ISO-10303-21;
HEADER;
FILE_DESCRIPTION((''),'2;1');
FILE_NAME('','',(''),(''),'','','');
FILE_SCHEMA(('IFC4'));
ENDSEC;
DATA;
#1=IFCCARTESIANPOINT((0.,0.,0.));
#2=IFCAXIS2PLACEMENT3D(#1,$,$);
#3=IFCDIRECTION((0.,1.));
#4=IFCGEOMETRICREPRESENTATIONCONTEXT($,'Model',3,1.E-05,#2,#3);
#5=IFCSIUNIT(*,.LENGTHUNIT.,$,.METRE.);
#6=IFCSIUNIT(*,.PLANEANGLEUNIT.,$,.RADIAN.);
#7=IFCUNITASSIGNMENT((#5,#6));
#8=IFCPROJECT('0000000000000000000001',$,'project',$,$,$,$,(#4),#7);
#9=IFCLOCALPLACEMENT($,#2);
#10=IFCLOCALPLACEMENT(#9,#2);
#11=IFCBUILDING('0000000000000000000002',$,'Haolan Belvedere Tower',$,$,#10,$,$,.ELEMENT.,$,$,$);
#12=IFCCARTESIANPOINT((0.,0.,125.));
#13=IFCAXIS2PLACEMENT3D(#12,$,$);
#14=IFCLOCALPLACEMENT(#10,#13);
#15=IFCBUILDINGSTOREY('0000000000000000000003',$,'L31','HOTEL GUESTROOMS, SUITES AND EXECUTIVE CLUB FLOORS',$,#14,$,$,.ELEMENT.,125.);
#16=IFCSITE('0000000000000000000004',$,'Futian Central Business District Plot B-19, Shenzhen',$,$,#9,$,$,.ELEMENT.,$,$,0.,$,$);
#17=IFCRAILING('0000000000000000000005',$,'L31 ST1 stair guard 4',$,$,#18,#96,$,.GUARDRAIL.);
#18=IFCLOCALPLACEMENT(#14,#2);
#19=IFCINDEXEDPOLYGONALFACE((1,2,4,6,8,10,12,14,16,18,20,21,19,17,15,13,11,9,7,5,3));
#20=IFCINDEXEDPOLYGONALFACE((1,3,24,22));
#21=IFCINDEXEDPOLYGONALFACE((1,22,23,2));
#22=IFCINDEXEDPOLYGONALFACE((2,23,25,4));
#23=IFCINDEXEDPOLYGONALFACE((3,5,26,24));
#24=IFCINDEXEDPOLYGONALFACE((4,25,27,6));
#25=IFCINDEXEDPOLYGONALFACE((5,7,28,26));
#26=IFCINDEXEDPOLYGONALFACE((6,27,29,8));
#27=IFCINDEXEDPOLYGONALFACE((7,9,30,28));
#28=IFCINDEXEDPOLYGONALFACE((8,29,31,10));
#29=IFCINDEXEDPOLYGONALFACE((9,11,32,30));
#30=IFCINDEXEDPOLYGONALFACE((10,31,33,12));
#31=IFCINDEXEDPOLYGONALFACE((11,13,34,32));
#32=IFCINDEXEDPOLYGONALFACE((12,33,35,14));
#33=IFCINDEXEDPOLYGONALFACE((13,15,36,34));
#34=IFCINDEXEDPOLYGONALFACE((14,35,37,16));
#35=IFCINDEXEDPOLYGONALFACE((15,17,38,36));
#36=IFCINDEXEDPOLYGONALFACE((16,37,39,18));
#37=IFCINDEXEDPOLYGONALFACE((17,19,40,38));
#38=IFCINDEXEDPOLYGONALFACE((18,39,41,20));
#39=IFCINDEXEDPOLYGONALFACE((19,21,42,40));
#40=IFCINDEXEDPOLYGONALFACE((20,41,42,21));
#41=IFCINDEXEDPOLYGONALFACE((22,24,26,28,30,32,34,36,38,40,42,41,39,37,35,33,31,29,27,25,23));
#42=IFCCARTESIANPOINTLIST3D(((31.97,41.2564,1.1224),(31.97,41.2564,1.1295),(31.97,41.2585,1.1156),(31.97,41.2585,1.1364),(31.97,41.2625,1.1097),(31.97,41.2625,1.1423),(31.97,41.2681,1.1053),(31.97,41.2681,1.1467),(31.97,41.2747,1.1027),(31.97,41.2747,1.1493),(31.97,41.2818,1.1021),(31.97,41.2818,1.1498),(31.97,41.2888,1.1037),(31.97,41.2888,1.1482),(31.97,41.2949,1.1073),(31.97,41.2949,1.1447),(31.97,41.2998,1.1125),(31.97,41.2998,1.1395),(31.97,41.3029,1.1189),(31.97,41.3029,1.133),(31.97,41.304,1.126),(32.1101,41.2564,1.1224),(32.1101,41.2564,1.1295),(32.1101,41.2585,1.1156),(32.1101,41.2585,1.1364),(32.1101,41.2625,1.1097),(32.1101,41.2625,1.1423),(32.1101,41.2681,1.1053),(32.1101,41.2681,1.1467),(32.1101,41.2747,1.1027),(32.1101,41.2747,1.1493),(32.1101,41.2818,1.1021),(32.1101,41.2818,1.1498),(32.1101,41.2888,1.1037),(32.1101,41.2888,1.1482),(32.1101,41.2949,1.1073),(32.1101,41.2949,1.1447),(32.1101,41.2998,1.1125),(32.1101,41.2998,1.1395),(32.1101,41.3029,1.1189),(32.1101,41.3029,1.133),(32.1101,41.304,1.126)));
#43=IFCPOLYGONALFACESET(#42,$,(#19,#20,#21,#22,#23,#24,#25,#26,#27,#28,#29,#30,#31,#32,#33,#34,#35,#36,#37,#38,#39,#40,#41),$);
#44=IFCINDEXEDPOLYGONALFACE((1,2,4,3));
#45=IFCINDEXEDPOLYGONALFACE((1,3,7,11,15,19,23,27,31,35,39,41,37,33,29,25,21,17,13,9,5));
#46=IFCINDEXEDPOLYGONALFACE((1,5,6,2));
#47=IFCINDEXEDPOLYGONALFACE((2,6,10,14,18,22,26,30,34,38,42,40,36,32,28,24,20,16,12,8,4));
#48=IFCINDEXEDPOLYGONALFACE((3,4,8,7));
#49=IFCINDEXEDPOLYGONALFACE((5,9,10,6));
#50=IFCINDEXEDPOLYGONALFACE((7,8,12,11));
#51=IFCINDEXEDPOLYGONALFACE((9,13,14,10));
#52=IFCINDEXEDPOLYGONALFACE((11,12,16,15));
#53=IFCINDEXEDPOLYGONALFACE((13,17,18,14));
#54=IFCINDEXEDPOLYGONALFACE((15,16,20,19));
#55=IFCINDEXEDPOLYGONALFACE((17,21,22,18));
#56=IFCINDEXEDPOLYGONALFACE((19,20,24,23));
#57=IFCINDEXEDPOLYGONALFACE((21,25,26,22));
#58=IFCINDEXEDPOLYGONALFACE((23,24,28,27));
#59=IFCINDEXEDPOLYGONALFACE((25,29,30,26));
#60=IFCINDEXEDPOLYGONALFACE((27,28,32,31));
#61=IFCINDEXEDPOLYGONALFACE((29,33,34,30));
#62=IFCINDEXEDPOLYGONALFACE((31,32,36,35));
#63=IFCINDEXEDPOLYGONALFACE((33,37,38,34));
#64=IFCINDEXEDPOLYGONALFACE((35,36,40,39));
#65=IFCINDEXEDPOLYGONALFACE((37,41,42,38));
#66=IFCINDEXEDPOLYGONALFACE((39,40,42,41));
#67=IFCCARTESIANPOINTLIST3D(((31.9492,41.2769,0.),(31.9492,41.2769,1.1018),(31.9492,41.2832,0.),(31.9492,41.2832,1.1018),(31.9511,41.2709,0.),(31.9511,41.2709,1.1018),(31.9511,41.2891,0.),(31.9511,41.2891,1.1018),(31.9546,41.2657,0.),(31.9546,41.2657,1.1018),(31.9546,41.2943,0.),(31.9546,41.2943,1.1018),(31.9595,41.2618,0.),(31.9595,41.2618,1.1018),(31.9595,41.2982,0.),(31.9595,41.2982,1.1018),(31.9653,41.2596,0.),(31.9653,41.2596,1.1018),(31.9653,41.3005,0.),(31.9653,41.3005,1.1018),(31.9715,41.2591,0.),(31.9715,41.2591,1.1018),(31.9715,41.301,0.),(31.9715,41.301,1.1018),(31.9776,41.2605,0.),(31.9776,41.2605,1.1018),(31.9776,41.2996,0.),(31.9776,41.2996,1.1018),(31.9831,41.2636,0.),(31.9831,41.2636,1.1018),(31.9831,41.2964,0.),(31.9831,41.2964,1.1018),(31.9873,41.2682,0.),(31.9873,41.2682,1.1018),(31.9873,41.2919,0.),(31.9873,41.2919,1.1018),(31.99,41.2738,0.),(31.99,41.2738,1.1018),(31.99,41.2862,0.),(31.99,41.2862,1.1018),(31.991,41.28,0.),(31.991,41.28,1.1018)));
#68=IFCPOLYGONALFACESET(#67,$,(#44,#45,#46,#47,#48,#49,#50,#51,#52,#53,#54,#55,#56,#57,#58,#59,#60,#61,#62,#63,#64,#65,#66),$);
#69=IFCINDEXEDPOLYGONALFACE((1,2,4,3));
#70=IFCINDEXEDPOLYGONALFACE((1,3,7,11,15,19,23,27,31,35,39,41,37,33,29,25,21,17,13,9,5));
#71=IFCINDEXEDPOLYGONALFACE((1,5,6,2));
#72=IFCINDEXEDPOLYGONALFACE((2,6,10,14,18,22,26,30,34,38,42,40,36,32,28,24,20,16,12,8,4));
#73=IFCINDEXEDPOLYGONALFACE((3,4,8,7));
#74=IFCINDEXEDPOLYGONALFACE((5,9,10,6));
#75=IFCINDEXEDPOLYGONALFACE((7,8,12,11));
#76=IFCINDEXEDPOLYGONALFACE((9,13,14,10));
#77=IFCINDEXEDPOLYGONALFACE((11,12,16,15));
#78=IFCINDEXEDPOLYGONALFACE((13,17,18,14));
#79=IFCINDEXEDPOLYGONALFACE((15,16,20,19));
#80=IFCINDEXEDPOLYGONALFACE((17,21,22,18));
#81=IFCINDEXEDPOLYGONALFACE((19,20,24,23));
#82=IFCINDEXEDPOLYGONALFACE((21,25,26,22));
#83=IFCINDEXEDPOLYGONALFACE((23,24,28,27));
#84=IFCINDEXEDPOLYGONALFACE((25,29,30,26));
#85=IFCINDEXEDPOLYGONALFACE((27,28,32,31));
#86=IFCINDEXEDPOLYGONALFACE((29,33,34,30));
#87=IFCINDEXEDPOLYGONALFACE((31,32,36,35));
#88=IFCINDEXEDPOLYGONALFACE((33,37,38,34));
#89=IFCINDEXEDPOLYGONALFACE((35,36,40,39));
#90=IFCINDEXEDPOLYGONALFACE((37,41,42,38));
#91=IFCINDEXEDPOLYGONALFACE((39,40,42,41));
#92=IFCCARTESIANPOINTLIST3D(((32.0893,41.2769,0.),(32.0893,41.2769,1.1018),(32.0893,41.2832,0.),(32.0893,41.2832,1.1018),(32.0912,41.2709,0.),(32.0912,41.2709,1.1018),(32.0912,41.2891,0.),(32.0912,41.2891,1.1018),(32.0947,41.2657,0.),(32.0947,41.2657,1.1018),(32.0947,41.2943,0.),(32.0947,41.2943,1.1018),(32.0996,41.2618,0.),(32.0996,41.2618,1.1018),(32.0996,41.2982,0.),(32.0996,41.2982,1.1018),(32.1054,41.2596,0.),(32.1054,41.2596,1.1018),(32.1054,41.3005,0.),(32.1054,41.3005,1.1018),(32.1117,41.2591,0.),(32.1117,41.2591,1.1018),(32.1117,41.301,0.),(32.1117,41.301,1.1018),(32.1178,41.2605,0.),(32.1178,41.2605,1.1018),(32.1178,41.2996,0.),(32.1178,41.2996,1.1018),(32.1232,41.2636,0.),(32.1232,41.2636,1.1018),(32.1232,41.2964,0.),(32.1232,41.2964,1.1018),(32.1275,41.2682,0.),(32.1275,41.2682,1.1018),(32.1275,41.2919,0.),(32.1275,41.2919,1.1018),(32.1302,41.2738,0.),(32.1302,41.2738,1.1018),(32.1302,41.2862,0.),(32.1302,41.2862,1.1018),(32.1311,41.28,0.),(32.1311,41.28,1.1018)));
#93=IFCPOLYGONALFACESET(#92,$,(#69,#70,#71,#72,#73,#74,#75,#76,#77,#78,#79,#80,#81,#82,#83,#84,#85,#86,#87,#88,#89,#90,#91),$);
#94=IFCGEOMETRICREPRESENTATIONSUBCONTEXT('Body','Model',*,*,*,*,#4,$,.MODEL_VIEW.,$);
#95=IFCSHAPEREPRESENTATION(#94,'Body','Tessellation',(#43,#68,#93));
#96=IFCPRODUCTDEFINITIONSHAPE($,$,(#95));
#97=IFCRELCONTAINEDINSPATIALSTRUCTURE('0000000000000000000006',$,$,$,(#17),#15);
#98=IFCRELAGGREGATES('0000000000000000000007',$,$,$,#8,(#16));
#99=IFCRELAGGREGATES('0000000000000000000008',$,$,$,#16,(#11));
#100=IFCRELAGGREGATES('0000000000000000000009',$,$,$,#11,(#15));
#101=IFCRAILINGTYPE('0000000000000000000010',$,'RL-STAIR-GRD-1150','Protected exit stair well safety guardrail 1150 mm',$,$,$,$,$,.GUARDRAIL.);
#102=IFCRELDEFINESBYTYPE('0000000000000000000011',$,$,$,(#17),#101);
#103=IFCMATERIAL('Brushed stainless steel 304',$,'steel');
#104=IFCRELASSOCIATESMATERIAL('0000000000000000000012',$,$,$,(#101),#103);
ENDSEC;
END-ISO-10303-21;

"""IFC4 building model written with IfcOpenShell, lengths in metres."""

from ifc_helpers import new_model, si_unit, direction, frame, origin, origin_2d, place, context, subcontext, project, spatial, circle, extrude, material, type_object, element, save


model = new_model("IFC4")

# Units and contexts
model_context = context("Model", 3, precision=1e-05, world=origin(), true_north=direction((0.0, 1.0)))
body_context = subcontext(model_context, "Body", "Model", "MODEL_VIEW")
ifc_project = project(units=[si_unit("LENGTHUNIT", "METRE"), si_unit("PLANEANGLEUNIT", "RADIAN")], contexts=[model_context])

# Site, building, storey
site_placement = place(None, origin())
site = spatial("IfcSite", under=ifc_project, at=site_placement, Name="Futian Central Business District Plot B-19, Shenzhen", CompositionType="ELEMENT", RefElevation=0.0)
building_placement = place(site_placement, origin())
building = spatial("IfcBuilding", under=site, at=building_placement, Name="Haolan Belvedere Tower", CompositionType="ELEMENT")
storey_placement = place(building_placement, frame((0.0, 0.0, 125.0)))
storey = spatial("IfcBuildingStorey", under=building, at=storey_placement, Name="L31", Description="HOTEL GUESTROOMS, SUITES AND EXECUTIVE CLUB FLOORS", CompositionType="ELEMENT", Elevation=125.0)

# Railing
ifc_material_1 = material(Name="Brushed stainless steel 304", Category="steel")
railing_type = type_object("IfcRailingType", Name="RL-STAIR-GRD-1150", Description="Protected exit stair well safety guardrail 1150 mm", PredefinedType="GUARDRAIL", material=ifc_material_1)
railing_1_placement = place(storey_placement, frame((31.97, 41.28, 0.0)))
element("IfcRailing", 1, at=railing_1_placement, inside=storey, type_object=railing_type, Name="L31 ST1 stair guard 4", PredefinedType="GUARDRAIL", context=body_context, shape_type="SweptSolid", body=[
    extrude(circle(Radius=0.0239, at=origin_2d()), frame((0.0, 0.0, 1.126), z_axis=(1.0, 0.0, 0.0), x_axis=(0.0, 1.0, 0.0)), (0.0, 0.0, 1.0), 0.1401),
    extrude(circle(Radius=0.021, at=origin_2d()), origin(), (0.0, 0.0, 1.0), 1.1018),
    extrude(circle(Radius=0.021, at=origin_2d()), frame((0.1401, 0.0, 0.0)), (0.0, 0.0, 1.0), 1.1018),
])

save(model, "model.ifc")
